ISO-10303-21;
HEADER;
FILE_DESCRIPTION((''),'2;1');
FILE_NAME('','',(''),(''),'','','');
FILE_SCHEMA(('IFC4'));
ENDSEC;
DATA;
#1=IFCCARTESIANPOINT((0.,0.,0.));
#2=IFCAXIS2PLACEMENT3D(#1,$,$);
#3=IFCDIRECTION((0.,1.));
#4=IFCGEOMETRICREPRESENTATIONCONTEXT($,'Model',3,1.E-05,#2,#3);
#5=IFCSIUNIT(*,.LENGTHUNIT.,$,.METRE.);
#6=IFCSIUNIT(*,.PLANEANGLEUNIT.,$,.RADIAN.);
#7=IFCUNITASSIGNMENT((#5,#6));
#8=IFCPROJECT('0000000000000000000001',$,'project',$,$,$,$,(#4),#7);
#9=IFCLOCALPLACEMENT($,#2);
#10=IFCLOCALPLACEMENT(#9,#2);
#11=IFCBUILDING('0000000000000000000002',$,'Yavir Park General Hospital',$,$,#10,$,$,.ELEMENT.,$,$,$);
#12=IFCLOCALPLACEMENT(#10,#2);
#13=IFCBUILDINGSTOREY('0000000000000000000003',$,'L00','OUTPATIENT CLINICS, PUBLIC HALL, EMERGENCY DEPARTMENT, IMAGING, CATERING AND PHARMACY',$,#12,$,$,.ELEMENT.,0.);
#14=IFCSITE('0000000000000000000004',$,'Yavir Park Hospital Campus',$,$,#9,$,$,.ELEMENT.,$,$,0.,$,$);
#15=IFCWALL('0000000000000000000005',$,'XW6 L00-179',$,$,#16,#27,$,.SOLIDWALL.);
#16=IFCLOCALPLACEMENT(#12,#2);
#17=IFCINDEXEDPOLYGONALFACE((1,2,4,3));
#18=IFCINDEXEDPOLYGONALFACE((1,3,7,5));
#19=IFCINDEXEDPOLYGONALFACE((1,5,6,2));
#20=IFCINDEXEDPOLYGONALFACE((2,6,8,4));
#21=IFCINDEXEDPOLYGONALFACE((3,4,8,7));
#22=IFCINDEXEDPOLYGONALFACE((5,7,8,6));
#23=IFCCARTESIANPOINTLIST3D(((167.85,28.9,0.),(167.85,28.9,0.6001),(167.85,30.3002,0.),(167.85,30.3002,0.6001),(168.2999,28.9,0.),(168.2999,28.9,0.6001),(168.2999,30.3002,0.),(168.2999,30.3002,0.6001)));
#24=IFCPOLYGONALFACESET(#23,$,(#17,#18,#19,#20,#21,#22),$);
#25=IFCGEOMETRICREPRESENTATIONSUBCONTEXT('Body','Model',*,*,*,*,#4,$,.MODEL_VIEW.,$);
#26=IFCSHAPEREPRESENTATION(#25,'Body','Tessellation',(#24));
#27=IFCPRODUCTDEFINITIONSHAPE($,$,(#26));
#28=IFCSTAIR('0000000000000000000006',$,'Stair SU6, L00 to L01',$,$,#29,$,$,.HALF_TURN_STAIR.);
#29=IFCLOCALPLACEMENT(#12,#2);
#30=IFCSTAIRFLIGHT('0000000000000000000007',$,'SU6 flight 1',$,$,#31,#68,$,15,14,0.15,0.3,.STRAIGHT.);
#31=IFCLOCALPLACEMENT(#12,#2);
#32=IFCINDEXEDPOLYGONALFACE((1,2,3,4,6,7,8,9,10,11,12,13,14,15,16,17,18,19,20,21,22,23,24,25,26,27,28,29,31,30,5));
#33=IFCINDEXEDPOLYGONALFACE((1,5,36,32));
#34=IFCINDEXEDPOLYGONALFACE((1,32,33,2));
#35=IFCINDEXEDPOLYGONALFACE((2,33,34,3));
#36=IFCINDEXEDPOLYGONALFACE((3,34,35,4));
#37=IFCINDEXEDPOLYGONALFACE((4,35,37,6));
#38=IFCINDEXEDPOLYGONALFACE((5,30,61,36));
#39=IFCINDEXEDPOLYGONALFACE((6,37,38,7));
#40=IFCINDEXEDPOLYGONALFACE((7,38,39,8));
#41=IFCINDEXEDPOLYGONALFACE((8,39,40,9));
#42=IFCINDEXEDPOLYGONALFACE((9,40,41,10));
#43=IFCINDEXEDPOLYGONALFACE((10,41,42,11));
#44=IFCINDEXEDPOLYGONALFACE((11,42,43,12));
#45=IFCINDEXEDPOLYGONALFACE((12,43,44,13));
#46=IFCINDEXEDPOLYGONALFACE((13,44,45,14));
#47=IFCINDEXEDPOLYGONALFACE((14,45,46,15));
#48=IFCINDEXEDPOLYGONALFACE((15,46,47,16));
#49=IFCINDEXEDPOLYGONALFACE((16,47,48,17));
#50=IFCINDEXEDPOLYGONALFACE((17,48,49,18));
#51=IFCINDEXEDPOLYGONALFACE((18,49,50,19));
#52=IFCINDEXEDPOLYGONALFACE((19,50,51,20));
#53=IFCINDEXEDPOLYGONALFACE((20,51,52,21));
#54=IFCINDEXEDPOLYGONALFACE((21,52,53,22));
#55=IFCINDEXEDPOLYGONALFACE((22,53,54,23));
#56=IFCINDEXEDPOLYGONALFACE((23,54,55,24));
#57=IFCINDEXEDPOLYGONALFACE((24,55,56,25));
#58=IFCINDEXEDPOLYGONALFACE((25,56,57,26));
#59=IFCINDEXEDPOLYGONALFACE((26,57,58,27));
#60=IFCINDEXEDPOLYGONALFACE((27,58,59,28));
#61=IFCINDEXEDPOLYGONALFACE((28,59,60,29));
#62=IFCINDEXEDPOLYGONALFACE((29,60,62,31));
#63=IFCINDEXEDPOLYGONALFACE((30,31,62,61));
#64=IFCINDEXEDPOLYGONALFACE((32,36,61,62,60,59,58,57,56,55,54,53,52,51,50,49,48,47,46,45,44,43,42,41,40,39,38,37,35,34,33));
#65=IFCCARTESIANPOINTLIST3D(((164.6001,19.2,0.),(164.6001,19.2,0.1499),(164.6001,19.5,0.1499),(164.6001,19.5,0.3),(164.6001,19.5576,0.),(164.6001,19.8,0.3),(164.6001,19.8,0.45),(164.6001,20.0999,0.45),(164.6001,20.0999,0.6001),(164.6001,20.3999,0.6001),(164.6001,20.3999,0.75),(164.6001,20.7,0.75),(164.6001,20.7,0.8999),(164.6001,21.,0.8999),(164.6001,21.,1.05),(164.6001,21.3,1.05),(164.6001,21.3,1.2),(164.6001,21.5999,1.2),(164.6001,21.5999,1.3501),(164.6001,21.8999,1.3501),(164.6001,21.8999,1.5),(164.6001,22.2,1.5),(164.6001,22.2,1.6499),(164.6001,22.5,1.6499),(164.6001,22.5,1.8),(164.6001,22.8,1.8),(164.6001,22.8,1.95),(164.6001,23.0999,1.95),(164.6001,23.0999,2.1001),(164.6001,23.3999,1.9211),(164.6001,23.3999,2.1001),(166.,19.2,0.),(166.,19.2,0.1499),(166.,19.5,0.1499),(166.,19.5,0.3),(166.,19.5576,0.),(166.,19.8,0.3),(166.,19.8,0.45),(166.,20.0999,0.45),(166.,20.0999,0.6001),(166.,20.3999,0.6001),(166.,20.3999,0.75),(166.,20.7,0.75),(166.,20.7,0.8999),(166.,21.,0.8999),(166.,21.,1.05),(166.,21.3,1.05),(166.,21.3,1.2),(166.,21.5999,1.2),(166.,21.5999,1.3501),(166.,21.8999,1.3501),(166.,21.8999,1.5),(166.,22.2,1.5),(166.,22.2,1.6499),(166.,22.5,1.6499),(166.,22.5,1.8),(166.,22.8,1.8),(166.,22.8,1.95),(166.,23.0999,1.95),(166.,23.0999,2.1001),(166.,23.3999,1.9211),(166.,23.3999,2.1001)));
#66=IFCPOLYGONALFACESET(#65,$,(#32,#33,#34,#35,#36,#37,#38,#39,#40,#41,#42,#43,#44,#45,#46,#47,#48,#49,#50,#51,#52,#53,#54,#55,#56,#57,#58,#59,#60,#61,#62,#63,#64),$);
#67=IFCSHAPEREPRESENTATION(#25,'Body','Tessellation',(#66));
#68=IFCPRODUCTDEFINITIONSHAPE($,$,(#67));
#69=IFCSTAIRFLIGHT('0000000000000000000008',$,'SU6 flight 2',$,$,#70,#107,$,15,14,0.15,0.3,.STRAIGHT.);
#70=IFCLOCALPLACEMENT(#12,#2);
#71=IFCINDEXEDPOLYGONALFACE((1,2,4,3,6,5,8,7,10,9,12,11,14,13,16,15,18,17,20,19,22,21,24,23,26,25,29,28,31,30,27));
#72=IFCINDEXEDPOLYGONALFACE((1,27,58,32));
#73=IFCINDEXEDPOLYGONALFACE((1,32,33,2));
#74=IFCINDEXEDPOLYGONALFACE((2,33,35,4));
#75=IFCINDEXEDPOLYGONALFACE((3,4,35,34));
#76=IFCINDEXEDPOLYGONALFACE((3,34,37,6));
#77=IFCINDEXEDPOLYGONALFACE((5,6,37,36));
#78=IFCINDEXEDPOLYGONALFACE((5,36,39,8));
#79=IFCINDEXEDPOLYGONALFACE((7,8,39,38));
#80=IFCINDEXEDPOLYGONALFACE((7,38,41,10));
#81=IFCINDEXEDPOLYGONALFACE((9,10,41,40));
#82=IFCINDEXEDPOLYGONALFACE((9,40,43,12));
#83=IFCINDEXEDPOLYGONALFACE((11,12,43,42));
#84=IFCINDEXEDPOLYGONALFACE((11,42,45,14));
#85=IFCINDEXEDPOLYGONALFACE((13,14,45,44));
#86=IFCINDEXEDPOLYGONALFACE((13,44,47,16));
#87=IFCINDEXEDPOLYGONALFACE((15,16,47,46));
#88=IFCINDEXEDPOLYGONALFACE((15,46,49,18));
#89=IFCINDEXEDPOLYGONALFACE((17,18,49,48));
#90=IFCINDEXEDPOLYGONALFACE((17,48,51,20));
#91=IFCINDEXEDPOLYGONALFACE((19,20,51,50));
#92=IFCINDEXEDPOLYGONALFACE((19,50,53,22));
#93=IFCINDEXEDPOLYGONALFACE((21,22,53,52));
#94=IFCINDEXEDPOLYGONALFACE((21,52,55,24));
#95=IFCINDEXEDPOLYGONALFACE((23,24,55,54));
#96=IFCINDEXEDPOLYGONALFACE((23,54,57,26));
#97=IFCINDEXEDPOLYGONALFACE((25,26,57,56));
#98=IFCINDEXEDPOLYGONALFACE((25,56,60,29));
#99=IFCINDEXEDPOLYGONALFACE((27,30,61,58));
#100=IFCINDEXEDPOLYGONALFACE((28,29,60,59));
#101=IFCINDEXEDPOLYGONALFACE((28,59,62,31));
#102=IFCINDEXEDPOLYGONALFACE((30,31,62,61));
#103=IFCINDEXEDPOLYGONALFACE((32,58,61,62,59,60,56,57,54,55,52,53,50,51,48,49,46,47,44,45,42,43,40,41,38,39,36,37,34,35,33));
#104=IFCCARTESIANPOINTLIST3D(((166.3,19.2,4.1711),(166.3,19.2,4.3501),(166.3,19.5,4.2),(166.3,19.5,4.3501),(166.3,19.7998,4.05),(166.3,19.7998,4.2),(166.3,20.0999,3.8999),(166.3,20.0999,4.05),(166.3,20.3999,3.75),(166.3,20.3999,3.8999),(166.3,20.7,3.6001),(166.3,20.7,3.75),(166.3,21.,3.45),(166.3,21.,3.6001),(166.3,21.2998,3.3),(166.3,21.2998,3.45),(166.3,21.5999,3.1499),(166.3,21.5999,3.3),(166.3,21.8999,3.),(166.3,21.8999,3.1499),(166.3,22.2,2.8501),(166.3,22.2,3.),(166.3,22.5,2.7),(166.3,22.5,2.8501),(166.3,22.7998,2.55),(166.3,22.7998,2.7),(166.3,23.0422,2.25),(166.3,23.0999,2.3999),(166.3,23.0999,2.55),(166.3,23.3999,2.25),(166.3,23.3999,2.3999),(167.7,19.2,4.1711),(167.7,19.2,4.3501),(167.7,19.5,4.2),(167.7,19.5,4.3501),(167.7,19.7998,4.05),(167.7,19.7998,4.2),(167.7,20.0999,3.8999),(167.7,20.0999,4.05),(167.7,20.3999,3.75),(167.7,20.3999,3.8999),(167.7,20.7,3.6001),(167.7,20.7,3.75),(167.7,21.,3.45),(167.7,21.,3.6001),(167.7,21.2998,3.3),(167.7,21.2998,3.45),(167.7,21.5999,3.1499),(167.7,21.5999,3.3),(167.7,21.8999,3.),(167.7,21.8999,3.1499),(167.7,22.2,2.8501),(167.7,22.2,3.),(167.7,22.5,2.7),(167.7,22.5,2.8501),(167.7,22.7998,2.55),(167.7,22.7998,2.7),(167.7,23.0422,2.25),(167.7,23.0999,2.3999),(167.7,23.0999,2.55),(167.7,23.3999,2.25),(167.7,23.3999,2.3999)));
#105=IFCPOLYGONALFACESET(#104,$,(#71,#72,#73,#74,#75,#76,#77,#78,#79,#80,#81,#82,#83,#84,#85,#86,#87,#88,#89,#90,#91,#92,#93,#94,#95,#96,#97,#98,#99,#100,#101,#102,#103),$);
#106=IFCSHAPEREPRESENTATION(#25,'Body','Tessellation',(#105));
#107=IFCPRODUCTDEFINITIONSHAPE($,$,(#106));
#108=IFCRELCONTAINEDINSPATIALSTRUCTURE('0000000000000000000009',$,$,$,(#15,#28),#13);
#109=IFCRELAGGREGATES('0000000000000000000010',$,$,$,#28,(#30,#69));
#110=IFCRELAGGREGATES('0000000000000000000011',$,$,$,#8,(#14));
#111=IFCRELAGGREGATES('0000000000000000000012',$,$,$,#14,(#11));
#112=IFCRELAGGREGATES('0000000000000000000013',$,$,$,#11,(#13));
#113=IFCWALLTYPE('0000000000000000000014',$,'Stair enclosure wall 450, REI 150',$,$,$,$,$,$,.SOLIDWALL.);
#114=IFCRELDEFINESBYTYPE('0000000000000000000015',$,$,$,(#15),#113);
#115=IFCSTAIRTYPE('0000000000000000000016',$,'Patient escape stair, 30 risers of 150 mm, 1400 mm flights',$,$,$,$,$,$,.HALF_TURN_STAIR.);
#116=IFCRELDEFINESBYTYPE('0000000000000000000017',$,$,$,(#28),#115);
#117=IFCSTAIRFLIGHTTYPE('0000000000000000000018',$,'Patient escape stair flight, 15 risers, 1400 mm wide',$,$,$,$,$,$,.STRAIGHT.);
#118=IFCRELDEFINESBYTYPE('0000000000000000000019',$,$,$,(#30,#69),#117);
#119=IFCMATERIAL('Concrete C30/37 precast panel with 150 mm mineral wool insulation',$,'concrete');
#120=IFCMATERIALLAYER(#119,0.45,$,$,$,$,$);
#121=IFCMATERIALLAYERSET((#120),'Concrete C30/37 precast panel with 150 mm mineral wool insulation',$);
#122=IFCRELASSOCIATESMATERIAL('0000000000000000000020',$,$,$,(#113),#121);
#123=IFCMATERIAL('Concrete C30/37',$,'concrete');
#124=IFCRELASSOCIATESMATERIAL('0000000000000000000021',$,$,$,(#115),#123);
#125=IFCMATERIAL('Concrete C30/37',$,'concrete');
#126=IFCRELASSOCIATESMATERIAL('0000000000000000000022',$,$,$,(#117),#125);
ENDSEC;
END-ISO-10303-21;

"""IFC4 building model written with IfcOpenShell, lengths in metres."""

from ifc_helpers import new_model, si_unit, direction, frame, frame_2d, origin, place, context, subcontext, project, spatial, polyline, rectangle, outline, extrude, material, layer, layer_set, type_object, element, aggregate, save


model = new_model("IFC4")

# Units and contexts
model_context = context("Model", 3, precision=1e-05, world=origin(), true_north=direction((0.0, 1.0)))
body_context = subcontext(model_context, "Body", "Model", "MODEL_VIEW")
ifc_project = project(units=[si_unit("LENGTHUNIT", "METRE"), si_unit("PLANEANGLEUNIT", "RADIAN")], contexts=[model_context])

# Site, building, storey
site_placement = place(None, origin())
site = spatial("IfcSite", under=ifc_project, at=site_placement, Name="Yavir Park Hospital Campus", CompositionType="ELEMENT", RefElevation=0.0)
building_placement = place(site_placement, origin())
building = spatial("IfcBuilding", under=site, at=building_placement, Name="Yavir Park General Hospital", CompositionType="ELEMENT")
storey_placement = place(building_placement, origin())
storey = spatial("IfcBuildingStorey", under=building, at=storey_placement, Name="L00", Description="OUTPATIENT CLINICS, PUBLIC HALL, EMERGENCY DEPARTMENT, IMAGING, CATERING AND PHARMACY", CompositionType="ELEMENT", Elevation=0.0)

# Shared definitions
ifc_material_1 = material(Name="Concrete C30/37 precast panel with 150 mm mineral wool insulation", Category="concrete")
ifc_layer_1 = layer(ifc_material_1, 0.45)
ifc_layer_set_1 = layer_set([ifc_layer_1], Name="Concrete C30/37 precast panel with 150 mm mineral wool insulation")
wall_type_1 = type_object("IfcWallType", Name="Stair enclosure wall 450, REI 150", PredefinedType="SOLIDWALL", material=ifc_layer_set_1)

# Wall
wall_1_placement = place(storey_placement, frame((168.075, 28.8999, 0.0), z_axis=(0.0, 0.0, 1.0), x_axis=(0.0, 1.0, 0.0)))
element("IfcWall", 1, at=wall_1_placement, inside=storey, type_object=wall_type_1, Name="XW6 L00-179", PredefinedType="SOLIDWALL", context=body_context, shape_type="SweptSolid", body=[
    extrude(rectangle(XDim=1.4001, YDim=0.45, at=frame_2d((0.7002, 0.0))), origin(), (0.0, 0.0, 1.0), 0.6001),
])

# Stair, stair flights
ifc_material_2 = material(Name="Concrete C30/37", Category="concrete")
stair_type = type_object("IfcStairType", Name="Patient escape stair, 30 risers of 150 mm, 1400 mm flights", PredefinedType="HALF_TURN_STAIR", material=ifc_material_2)
stair_placement = place(storey_placement, origin())
stair = element("IfcStair", 2, at=stair_placement, inside=storey, type_object=stair_type, Name="Stair SU6, L00 to L01", PredefinedType="HALF_TURN_STAIR")
ifc_material_3 = material(Name="Concrete C30/37", Category="concrete")
stair_flight_type = type_object("IfcStairFlightType", Name="Patient escape stair flight, 15 risers, 1400 mm wide", PredefinedType="STRAIGHT", material=ifc_material_3)
stair_flight_1_placement = place(storey_placement, frame((165.3, 19.2, 0.0), z_axis=(0.0, 0.0, 1.0), x_axis=(0.0, 1.0, 0.0)))
stair_flight_1 = element("IfcStairFlight", 3, at=stair_flight_1_placement, type_object=stair_flight_type, Name="SU6 flight 1", NumberOfRisers=15, NumberOfTreads=14, PredefinedType="STRAIGHT", RiserHeight=0.15, TreadLength=0.3, context=body_context, shape_type="SweptSolid", body=[
    extrude(outline(polyline([(0.0, 0.0), (0.0, 0.1499), (0.3, 0.1499), (0.3, 0.3), (0.6001, 0.3), (0.6001, 0.45), (0.8999, 0.45), (0.8999, 0.6001), (1.2, 0.6001), (1.2, 0.75), (1.5, 0.75), (1.5, 0.8999), (1.8, 0.8999), (1.8, 1.05), (2.1001, 1.05), (2.1001, 1.2), (2.3999, 1.2), (2.3999, 1.3501), (2.7, 1.3501), (2.7, 1.5), (3.0, 1.5), (3.0, 1.6499), (3.3, 1.6499), (3.3, 1.8), (3.6001, 1.8), (3.6001, 1.95), (3.8999, 1.95), (3.8999, 2.1001), (4.2, 2.1001), (4.2, 2.25), (4.2, 1.9211), (0.3577, 0.0), (0.0, 0.0)])), frame((0.0, 0.7, 0.0), z_axis=(0.0, -1.0, 0.0), x_axis=(1.0, 0.0, 0.0)), (0.0, 0.0, 1.0), 1.3999),
])
stair_flight_2_placement = place(storey_placement, frame((167.0, 23.3999, 2.25), z_axis=(0.0, 0.0, 1.0), x_axis=(0.0, -1.0, 0.0)))
stair_flight_2 = element("IfcStairFlight", 4, at=stair_flight_2_placement, type_object=stair_flight_type, Name="SU6 flight 2", NumberOfRisers=15, NumberOfTreads=14, PredefinedType="STRAIGHT", RiserHeight=0.15, TreadLength=0.3, context=body_context, shape_type="SweptSolid", body=[
    extrude(outline(polyline([(0.0, 0.0), (0.0, 0.1499), (0.3, 0.1499), (0.3, 0.3), (0.6001, 0.3), (0.6001, 0.45), (0.8999, 0.45), (0.8999, 0.6001), (1.2, 0.6001), (1.2, 0.75), (1.5, 0.75), (1.5, 0.8999), (1.8, 0.8999), (1.8, 1.05), (2.1001, 1.05), (2.1001, 1.2), (2.3999, 1.2), (2.3999, 1.3501), (2.7, 1.3501), (2.7, 1.5), (3.0, 1.5), (3.0, 1.6499), (3.3, 1.6499), (3.3, 1.8), (3.6001, 1.8), (3.6001, 1.95), (3.8999, 1.95), (3.8999, 2.1001), (4.2, 2.1001), (4.2, 2.25), (4.2, 1.9211), (0.3577, 0.0), (0.0, 0.0)])), frame((0.0, 0.7, 0.0), z_axis=(0.0, -1.0, 0.0), x_axis=(1.0, 0.0, 0.0)), (0.0, 0.0, 1.0), 1.3999),
])
aggregate(stair, [stair_flight_1, stair_flight_2])

save(model, "model.ifc")
